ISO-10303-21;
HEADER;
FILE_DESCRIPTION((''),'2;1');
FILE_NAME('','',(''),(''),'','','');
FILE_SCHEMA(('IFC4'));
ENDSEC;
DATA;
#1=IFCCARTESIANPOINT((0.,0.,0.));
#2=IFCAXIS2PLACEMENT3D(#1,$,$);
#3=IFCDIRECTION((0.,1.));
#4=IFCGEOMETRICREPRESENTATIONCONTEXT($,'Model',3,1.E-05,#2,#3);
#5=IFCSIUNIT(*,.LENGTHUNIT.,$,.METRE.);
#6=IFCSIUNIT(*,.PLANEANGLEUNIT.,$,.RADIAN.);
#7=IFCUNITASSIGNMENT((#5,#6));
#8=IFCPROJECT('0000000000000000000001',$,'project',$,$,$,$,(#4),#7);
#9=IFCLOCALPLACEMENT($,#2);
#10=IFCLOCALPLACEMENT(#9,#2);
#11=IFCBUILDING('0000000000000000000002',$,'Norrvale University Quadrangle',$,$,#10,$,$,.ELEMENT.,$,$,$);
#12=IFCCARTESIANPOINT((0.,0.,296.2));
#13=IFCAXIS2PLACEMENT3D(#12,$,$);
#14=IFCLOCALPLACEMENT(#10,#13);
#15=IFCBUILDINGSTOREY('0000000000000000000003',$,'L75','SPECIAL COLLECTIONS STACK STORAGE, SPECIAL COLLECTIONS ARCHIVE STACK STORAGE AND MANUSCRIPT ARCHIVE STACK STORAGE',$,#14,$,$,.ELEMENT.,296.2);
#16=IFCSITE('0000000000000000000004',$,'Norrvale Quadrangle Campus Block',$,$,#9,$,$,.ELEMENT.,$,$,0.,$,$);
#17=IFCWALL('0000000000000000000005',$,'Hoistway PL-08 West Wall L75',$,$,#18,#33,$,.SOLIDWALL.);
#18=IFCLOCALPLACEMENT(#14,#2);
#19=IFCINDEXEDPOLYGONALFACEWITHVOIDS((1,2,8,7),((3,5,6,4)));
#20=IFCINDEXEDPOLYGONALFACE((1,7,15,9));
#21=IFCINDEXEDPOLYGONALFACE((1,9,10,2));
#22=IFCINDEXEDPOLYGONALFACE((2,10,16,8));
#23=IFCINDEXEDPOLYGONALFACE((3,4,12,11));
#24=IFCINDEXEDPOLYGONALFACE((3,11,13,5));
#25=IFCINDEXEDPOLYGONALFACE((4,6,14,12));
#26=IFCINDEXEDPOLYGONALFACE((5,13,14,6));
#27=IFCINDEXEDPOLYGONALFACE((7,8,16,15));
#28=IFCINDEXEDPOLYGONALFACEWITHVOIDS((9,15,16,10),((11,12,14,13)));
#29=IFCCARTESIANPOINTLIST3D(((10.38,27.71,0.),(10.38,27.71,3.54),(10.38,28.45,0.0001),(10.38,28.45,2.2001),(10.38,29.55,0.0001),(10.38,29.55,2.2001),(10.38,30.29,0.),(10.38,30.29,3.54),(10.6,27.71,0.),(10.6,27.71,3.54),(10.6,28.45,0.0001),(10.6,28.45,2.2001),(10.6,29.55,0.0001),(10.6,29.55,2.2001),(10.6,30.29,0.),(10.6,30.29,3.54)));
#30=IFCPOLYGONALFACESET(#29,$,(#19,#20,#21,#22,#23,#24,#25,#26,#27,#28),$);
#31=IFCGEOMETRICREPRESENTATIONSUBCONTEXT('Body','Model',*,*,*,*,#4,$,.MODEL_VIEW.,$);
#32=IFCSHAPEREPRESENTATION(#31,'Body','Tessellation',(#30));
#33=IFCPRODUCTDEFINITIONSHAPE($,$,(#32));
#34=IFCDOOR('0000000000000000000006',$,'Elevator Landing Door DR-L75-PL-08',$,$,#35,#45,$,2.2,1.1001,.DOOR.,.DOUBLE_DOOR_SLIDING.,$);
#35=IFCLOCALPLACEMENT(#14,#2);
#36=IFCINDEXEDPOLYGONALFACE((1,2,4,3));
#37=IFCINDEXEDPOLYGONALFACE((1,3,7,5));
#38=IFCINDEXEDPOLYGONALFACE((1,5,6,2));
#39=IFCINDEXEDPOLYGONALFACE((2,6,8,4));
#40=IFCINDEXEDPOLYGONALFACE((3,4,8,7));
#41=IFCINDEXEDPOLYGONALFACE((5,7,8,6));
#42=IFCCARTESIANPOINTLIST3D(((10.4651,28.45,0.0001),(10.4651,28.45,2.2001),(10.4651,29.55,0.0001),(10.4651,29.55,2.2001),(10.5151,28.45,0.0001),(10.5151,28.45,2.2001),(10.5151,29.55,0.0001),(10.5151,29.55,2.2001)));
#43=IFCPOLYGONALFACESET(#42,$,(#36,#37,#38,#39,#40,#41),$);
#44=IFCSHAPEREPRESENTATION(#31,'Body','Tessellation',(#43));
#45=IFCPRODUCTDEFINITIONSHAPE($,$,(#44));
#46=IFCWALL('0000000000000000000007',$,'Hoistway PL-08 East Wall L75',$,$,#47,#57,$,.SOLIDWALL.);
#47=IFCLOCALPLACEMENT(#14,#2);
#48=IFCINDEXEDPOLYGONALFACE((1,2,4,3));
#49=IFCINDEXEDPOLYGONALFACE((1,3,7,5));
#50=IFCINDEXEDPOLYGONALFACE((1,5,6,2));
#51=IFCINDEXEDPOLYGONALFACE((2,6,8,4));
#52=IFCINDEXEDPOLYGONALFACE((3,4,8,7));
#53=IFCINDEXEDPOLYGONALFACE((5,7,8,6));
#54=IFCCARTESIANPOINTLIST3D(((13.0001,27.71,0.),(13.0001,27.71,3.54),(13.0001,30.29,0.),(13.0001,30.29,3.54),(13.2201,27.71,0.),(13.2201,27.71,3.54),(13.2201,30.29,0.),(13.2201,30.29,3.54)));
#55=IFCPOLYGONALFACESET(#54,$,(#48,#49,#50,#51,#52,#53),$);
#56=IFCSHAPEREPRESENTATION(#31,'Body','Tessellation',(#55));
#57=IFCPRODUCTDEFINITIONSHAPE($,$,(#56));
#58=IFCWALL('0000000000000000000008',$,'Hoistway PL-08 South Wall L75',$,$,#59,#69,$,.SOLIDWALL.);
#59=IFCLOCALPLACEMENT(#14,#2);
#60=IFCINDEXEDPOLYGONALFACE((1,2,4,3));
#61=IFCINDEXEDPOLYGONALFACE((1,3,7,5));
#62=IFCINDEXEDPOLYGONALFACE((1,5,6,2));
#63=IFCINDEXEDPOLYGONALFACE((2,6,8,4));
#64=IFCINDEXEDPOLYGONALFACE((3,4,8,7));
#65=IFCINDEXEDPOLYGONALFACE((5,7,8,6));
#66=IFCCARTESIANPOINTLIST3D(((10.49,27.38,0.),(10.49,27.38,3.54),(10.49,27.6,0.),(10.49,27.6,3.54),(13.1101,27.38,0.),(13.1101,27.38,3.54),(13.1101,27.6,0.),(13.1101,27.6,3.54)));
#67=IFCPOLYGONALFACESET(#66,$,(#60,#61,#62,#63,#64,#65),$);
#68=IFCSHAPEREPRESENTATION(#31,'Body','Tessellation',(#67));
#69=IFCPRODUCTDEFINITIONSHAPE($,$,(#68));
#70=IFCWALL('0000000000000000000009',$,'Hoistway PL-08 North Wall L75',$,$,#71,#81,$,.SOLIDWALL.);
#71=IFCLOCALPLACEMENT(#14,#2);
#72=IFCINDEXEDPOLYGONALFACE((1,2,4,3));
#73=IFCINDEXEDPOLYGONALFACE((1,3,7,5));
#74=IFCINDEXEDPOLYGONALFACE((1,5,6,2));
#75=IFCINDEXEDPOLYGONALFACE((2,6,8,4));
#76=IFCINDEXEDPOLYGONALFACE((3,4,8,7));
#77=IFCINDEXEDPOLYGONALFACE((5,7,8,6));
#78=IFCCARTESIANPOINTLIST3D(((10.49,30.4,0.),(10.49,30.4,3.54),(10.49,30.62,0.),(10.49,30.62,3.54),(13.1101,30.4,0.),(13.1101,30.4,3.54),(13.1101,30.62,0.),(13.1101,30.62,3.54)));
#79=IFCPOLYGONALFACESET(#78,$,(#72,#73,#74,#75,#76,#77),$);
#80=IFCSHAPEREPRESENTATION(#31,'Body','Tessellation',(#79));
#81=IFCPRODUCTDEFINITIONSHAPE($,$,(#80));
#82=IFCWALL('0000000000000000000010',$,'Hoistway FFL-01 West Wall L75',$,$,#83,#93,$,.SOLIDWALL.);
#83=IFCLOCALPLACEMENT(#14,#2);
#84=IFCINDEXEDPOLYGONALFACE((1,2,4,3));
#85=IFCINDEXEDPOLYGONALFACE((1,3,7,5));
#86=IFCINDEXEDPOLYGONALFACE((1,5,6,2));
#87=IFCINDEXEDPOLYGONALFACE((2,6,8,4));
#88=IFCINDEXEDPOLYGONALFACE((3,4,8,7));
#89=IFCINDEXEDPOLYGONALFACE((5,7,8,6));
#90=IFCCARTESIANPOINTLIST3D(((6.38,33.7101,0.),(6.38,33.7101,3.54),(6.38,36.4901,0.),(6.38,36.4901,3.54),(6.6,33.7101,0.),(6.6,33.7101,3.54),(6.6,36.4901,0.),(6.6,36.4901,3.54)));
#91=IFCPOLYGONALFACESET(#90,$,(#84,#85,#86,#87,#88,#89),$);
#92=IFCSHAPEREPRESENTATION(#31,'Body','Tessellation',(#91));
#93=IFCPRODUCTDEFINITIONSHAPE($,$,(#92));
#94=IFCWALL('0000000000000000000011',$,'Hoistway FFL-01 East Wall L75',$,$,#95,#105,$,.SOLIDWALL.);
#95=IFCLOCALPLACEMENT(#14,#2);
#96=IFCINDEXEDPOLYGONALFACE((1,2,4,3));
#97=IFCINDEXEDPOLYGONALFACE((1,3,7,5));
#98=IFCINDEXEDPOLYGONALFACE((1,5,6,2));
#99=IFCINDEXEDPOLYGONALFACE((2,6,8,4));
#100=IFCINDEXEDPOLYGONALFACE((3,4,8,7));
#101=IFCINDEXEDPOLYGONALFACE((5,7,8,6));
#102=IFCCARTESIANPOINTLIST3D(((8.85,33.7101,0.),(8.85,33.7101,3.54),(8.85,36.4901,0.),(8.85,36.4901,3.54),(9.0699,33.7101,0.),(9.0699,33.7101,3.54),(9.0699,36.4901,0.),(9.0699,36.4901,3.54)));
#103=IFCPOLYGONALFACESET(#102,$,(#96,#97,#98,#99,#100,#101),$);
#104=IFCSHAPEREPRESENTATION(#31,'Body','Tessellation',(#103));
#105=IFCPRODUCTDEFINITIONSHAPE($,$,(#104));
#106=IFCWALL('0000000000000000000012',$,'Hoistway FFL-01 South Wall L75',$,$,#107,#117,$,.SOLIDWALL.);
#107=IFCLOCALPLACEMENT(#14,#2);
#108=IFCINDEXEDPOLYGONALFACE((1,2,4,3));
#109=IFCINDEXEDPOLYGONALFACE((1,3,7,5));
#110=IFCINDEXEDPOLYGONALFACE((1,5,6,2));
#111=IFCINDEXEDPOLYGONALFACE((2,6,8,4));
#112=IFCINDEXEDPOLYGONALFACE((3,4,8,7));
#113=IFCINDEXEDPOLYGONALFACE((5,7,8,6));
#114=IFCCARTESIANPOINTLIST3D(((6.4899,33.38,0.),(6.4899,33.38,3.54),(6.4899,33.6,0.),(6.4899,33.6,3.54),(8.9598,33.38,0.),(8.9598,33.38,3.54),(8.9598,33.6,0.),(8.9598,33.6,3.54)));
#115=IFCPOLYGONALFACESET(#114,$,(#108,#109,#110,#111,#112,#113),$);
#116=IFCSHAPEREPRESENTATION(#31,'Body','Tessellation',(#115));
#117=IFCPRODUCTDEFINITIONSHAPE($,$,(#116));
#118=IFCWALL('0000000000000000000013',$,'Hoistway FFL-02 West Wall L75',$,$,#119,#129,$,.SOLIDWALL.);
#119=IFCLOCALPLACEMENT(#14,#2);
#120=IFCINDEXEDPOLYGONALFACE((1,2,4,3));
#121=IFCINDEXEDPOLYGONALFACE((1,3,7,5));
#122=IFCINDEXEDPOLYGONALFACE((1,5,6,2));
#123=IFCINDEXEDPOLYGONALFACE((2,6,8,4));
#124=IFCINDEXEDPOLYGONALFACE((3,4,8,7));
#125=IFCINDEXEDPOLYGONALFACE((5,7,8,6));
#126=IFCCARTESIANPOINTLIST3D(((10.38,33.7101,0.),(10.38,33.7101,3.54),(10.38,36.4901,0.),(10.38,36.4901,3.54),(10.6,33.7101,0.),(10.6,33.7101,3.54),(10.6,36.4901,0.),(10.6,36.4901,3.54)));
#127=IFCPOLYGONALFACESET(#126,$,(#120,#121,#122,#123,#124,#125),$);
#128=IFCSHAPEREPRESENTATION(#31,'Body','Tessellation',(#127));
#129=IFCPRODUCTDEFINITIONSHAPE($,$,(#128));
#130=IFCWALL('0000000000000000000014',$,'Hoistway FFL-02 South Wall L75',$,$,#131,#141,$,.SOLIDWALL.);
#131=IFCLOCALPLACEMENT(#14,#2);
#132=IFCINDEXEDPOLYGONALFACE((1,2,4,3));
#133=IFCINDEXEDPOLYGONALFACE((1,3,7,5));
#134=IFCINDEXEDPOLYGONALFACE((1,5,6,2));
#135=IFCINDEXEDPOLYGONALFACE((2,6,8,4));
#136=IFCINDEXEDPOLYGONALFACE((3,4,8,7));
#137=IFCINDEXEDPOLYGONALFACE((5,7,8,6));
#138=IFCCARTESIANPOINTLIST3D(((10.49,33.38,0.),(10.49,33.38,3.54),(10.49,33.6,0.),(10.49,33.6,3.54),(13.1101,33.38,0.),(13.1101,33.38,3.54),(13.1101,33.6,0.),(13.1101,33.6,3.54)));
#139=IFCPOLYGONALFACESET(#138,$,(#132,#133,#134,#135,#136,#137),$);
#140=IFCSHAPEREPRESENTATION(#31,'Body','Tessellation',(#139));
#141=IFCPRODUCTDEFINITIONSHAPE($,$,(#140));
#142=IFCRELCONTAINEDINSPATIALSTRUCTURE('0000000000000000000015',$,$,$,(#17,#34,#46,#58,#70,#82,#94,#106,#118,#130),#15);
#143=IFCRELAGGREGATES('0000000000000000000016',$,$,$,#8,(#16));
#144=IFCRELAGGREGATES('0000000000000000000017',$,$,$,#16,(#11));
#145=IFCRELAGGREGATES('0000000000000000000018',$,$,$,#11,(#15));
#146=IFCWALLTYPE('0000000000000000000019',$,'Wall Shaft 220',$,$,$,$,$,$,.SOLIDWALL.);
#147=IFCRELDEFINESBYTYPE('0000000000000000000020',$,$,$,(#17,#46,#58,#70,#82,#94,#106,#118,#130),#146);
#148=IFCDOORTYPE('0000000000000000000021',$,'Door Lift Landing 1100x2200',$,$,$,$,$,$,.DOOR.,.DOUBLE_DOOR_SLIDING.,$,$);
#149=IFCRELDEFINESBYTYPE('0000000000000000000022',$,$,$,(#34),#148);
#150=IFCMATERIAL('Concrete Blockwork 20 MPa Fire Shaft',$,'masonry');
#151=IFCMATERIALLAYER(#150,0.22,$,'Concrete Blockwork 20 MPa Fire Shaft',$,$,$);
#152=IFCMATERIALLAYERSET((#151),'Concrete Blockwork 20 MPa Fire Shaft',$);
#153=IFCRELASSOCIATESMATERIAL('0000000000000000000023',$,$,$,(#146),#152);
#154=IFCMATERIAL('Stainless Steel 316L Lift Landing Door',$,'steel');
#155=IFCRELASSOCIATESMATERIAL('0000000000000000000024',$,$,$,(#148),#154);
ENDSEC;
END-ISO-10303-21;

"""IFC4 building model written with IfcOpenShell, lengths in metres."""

from ifc_helpers import new_model, si_unit, direction, frame, frame_2d, origin, place, context, subcontext, project, spatial, rectangle, extrude, material, layer, layer_set, type_object, element, fill, save


model = new_model("IFC4")

# Units and contexts
model_context = context("Model", 3, precision=1e-05, world=origin(), true_north=direction((0.0, 1.0)))
body_context = subcontext(model_context, "Body", "Model", "MODEL_VIEW")
ifc_project = project(units=[si_unit("LENGTHUNIT", "METRE"), si_unit("PLANEANGLEUNIT", "RADIAN")], contexts=[model_context])

# Site, building, storey
site_placement = place(None, origin())
site = spatial("IfcSite", under=ifc_project, at=site_placement, Name="Norrvale Quadrangle Campus Block", CompositionType="ELEMENT", RefElevation=0.0)
building_placement = place(site_placement, origin())
building = spatial("IfcBuilding", under=site, at=building_placement, Name="Norrvale University Quadrangle", CompositionType="ELEMENT")
storey_placement = place(building_placement, frame((0.0, 0.0, 296.2)))
storey = spatial("IfcBuildingStorey", under=building, at=storey_placement, Name="L75", Description="SPECIAL COLLECTIONS STACK STORAGE, SPECIAL COLLECTIONS ARCHIVE STACK STORAGE AND MANUSCRIPT ARCHIVE STACK STORAGE", CompositionType="ELEMENT", Elevation=296.2)

# Shared definitions
ifc_material_1 = material(Name="Concrete Blockwork 20 MPa Fire Shaft", Category="masonry")
ifc_layer_1 = layer(ifc_material_1, 0.22, Name="Concrete Blockwork 20 MPa Fire Shaft")
ifc_layer_set_1 = layer_set([ifc_layer_1], Name="Concrete Blockwork 20 MPa Fire Shaft")
wall_type_1 = type_object("IfcWallType", Name="Wall Shaft 220", PredefinedType="SOLIDWALL", material=ifc_layer_set_1)

# Shared definitions
ifc_material_2 = material(Name="Stainless Steel 316L Lift Landing Door", Category="steel")
door_type_1 = type_object("IfcDoorType", Name="Door Lift Landing 1100x2200", OperationType="DOUBLE_DOOR_SLIDING", PredefinedType="DOOR", material=ifc_material_2)

# Wall, opening, door
wall_1_placement = place(storey_placement, frame((10.49, 27.71, 0.0), z_axis=(0.0, 0.0, 1.0), x_axis=(0.0, 1.0, 0.0)))
wall_1 = element("IfcWall", 1, at=wall_1_placement, inside=storey, type_object=wall_type_1, Name="Hoistway PL-08 West Wall L75", PredefinedType="SOLIDWALL", context=body_context, shape_type="SweptSolid", body=[
    extrude(rectangle(XDim=2.5801, YDim=0.22, at=frame_2d((1.29, 0.0))), origin(), (0.0, 0.0, 1.0), 3.54),
])
opening_1_placement = place(wall_1_placement, frame((0.74, 0.0, 0.0)))
opening_1 = element("IfcOpeningElement", 2, at=opening_1_placement, cuts=wall_1, PredefinedType="OPENING", context=body_context, shape_type="SweptSolid", body=[
    extrude(rectangle(XDim=1.1001, YDim=2.2, at=frame_2d((0.55, 1.1001))), frame((0.0, 0.1221, 0.0), z_axis=(0.0, -1.0, 0.0), x_axis=(1.0, 0.0, 0.0)), (0.0, 0.0, 1.0), 0.2439),
])
door_1_placement = place(opening_1_placement, origin())
door_1 = element("IfcDoor", 3, at=door_1_placement, inside=storey, type_object=door_type_1, Name="Elevator Landing Door DR-L75-PL-08", OperationType="DOUBLE_DOOR_SLIDING", OverallHeight=2.2, OverallWidth=1.1001, PredefinedType="DOOR", context=body_context, shape_type="SweptSolid", body=[
    extrude(rectangle(XDim=1.1001, YDim=2.2, at=frame_2d((0.55, 1.1001))), frame((0.0, 0.0249, 0.0), z_axis=(0.0, -1.0, 0.0), x_axis=(1.0, 0.0, 0.0)), (0.0, 0.0, 1.0), 0.05),
])
fill(opening_1, door_1)

# Walls
wall_2_placement = place(storey_placement, frame((13.1101, 27.71, 0.0), z_axis=(0.0, 0.0, 1.0), x_axis=(0.0, 1.0, 0.0)))
element("IfcWall", 4, at=wall_2_placement, inside=storey, type_object=wall_type_1, Name="Hoistway PL-08 East Wall L75", PredefinedType="SOLIDWALL", context=body_context, shape_type="SweptSolid", body=[
    extrude(rectangle(XDim=2.5801, YDim=0.22, at=frame_2d((1.29, 0.0))), origin(), (0.0, 0.0, 1.0), 3.54),
])
for number, where, z_axis, x_axis, name in (
    (5, (10.49, 27.49, 0.0), (0.0, 0.0, 1.0), (1.0, 0.0, 0.0), "Hoistway PL-08 South Wall L75"),
    (6, (10.49, 30.51, 0.0), (0.0, 0.0, 1.0), (1.0, 0.0, 0.0), "Hoistway PL-08 North Wall L75"),
):
    element("IfcWall", number, at=place(storey_placement, frame(where, z_axis=z_axis, x_axis=x_axis)), inside=storey, type_object=wall_type_1, Name=name, PredefinedType="SOLIDWALL", context=body_context, shape_type="SweptSolid", body=[
        extrude(rectangle(XDim=2.6201, YDim=0.22, at=frame_2d((1.3101, 0.0))), origin(), (0.0, 0.0, 1.0), 3.54),
    ])
for number, where, z_axis, x_axis, name in (
    (7, (6.49, 33.71, 0.0), (0.0, 0.0, 1.0), (0.0, 1.0, 0.0), "Hoistway FFL-01 West Wall L75"),
    (8, (8.96, 33.71, 0.0), (0.0, 0.0, 1.0), (0.0, 1.0, 0.0), "Hoistway FFL-01 East Wall L75"),
):
    element("IfcWall", number, at=place(storey_placement, frame(where, z_axis=z_axis, x_axis=x_axis)), inside=storey, type_object=wall_type_1, Name=name, PredefinedType="SOLIDWALL", context=body_context, shape_type="SweptSolid", body=[
        extrude(rectangle(XDim=2.78, YDim=0.22, at=frame_2d((1.3901, 0.0))), origin(), (0.0, 0.0, 1.0), 3.54),
    ])
wall_3_placement = place(storey_placement, frame((6.49, 33.49, 0.0), z_axis=(0.0, 0.0, 1.0), x_axis=(1.0, 0.0, 0.0)))
element("IfcWall", 9, at=wall_3_placement, inside=storey, type_object=wall_type_1, Name="Hoistway FFL-01 South Wall L75", PredefinedType="SOLIDWALL", context=body_context, shape_type="SweptSolid", body=[
    extrude(rectangle(XDim=2.47, YDim=0.22, at=frame_2d((1.2349, 0.0))), origin(), (0.0, 0.0, 1.0), 3.54),
])
wall_4_placement = place(storey_placement, frame((10.49, 33.71, 0.0), z_axis=(0.0, 0.0, 1.0), x_axis=(0.0, 1.0, 0.0)))
element("IfcWall", 10, at=wall_4_placement, inside=storey, type_object=wall_type_1, Name="Hoistway FFL-02 West Wall L75", PredefinedType="SOLIDWALL", context=body_context, shape_type="SweptSolid", body=[
    extrude(rectangle(XDim=2.78, YDim=0.22, at=frame_2d((1.3901, 0.0))), origin(), (0.0, 0.0, 1.0), 3.54),
])
wall_5_placement = place(storey_placement, frame((10.49, 33.49, 0.0), z_axis=(0.0, 0.0, 1.0), x_axis=(1.0, 0.0, 0.0)))
element("IfcWall", 11, at=wall_5_placement, inside=storey, type_object=wall_type_1, Name="Hoistway FFL-02 South Wall L75", PredefinedType="SOLIDWALL", context=body_context, shape_type="SweptSolid", body=[
    extrude(rectangle(XDim=2.6201, YDim=0.22, at=frame_2d((1.3101, 0.0))), origin(), (0.0, 0.0, 1.0), 3.54),
])

save(model, "model.ifc")
